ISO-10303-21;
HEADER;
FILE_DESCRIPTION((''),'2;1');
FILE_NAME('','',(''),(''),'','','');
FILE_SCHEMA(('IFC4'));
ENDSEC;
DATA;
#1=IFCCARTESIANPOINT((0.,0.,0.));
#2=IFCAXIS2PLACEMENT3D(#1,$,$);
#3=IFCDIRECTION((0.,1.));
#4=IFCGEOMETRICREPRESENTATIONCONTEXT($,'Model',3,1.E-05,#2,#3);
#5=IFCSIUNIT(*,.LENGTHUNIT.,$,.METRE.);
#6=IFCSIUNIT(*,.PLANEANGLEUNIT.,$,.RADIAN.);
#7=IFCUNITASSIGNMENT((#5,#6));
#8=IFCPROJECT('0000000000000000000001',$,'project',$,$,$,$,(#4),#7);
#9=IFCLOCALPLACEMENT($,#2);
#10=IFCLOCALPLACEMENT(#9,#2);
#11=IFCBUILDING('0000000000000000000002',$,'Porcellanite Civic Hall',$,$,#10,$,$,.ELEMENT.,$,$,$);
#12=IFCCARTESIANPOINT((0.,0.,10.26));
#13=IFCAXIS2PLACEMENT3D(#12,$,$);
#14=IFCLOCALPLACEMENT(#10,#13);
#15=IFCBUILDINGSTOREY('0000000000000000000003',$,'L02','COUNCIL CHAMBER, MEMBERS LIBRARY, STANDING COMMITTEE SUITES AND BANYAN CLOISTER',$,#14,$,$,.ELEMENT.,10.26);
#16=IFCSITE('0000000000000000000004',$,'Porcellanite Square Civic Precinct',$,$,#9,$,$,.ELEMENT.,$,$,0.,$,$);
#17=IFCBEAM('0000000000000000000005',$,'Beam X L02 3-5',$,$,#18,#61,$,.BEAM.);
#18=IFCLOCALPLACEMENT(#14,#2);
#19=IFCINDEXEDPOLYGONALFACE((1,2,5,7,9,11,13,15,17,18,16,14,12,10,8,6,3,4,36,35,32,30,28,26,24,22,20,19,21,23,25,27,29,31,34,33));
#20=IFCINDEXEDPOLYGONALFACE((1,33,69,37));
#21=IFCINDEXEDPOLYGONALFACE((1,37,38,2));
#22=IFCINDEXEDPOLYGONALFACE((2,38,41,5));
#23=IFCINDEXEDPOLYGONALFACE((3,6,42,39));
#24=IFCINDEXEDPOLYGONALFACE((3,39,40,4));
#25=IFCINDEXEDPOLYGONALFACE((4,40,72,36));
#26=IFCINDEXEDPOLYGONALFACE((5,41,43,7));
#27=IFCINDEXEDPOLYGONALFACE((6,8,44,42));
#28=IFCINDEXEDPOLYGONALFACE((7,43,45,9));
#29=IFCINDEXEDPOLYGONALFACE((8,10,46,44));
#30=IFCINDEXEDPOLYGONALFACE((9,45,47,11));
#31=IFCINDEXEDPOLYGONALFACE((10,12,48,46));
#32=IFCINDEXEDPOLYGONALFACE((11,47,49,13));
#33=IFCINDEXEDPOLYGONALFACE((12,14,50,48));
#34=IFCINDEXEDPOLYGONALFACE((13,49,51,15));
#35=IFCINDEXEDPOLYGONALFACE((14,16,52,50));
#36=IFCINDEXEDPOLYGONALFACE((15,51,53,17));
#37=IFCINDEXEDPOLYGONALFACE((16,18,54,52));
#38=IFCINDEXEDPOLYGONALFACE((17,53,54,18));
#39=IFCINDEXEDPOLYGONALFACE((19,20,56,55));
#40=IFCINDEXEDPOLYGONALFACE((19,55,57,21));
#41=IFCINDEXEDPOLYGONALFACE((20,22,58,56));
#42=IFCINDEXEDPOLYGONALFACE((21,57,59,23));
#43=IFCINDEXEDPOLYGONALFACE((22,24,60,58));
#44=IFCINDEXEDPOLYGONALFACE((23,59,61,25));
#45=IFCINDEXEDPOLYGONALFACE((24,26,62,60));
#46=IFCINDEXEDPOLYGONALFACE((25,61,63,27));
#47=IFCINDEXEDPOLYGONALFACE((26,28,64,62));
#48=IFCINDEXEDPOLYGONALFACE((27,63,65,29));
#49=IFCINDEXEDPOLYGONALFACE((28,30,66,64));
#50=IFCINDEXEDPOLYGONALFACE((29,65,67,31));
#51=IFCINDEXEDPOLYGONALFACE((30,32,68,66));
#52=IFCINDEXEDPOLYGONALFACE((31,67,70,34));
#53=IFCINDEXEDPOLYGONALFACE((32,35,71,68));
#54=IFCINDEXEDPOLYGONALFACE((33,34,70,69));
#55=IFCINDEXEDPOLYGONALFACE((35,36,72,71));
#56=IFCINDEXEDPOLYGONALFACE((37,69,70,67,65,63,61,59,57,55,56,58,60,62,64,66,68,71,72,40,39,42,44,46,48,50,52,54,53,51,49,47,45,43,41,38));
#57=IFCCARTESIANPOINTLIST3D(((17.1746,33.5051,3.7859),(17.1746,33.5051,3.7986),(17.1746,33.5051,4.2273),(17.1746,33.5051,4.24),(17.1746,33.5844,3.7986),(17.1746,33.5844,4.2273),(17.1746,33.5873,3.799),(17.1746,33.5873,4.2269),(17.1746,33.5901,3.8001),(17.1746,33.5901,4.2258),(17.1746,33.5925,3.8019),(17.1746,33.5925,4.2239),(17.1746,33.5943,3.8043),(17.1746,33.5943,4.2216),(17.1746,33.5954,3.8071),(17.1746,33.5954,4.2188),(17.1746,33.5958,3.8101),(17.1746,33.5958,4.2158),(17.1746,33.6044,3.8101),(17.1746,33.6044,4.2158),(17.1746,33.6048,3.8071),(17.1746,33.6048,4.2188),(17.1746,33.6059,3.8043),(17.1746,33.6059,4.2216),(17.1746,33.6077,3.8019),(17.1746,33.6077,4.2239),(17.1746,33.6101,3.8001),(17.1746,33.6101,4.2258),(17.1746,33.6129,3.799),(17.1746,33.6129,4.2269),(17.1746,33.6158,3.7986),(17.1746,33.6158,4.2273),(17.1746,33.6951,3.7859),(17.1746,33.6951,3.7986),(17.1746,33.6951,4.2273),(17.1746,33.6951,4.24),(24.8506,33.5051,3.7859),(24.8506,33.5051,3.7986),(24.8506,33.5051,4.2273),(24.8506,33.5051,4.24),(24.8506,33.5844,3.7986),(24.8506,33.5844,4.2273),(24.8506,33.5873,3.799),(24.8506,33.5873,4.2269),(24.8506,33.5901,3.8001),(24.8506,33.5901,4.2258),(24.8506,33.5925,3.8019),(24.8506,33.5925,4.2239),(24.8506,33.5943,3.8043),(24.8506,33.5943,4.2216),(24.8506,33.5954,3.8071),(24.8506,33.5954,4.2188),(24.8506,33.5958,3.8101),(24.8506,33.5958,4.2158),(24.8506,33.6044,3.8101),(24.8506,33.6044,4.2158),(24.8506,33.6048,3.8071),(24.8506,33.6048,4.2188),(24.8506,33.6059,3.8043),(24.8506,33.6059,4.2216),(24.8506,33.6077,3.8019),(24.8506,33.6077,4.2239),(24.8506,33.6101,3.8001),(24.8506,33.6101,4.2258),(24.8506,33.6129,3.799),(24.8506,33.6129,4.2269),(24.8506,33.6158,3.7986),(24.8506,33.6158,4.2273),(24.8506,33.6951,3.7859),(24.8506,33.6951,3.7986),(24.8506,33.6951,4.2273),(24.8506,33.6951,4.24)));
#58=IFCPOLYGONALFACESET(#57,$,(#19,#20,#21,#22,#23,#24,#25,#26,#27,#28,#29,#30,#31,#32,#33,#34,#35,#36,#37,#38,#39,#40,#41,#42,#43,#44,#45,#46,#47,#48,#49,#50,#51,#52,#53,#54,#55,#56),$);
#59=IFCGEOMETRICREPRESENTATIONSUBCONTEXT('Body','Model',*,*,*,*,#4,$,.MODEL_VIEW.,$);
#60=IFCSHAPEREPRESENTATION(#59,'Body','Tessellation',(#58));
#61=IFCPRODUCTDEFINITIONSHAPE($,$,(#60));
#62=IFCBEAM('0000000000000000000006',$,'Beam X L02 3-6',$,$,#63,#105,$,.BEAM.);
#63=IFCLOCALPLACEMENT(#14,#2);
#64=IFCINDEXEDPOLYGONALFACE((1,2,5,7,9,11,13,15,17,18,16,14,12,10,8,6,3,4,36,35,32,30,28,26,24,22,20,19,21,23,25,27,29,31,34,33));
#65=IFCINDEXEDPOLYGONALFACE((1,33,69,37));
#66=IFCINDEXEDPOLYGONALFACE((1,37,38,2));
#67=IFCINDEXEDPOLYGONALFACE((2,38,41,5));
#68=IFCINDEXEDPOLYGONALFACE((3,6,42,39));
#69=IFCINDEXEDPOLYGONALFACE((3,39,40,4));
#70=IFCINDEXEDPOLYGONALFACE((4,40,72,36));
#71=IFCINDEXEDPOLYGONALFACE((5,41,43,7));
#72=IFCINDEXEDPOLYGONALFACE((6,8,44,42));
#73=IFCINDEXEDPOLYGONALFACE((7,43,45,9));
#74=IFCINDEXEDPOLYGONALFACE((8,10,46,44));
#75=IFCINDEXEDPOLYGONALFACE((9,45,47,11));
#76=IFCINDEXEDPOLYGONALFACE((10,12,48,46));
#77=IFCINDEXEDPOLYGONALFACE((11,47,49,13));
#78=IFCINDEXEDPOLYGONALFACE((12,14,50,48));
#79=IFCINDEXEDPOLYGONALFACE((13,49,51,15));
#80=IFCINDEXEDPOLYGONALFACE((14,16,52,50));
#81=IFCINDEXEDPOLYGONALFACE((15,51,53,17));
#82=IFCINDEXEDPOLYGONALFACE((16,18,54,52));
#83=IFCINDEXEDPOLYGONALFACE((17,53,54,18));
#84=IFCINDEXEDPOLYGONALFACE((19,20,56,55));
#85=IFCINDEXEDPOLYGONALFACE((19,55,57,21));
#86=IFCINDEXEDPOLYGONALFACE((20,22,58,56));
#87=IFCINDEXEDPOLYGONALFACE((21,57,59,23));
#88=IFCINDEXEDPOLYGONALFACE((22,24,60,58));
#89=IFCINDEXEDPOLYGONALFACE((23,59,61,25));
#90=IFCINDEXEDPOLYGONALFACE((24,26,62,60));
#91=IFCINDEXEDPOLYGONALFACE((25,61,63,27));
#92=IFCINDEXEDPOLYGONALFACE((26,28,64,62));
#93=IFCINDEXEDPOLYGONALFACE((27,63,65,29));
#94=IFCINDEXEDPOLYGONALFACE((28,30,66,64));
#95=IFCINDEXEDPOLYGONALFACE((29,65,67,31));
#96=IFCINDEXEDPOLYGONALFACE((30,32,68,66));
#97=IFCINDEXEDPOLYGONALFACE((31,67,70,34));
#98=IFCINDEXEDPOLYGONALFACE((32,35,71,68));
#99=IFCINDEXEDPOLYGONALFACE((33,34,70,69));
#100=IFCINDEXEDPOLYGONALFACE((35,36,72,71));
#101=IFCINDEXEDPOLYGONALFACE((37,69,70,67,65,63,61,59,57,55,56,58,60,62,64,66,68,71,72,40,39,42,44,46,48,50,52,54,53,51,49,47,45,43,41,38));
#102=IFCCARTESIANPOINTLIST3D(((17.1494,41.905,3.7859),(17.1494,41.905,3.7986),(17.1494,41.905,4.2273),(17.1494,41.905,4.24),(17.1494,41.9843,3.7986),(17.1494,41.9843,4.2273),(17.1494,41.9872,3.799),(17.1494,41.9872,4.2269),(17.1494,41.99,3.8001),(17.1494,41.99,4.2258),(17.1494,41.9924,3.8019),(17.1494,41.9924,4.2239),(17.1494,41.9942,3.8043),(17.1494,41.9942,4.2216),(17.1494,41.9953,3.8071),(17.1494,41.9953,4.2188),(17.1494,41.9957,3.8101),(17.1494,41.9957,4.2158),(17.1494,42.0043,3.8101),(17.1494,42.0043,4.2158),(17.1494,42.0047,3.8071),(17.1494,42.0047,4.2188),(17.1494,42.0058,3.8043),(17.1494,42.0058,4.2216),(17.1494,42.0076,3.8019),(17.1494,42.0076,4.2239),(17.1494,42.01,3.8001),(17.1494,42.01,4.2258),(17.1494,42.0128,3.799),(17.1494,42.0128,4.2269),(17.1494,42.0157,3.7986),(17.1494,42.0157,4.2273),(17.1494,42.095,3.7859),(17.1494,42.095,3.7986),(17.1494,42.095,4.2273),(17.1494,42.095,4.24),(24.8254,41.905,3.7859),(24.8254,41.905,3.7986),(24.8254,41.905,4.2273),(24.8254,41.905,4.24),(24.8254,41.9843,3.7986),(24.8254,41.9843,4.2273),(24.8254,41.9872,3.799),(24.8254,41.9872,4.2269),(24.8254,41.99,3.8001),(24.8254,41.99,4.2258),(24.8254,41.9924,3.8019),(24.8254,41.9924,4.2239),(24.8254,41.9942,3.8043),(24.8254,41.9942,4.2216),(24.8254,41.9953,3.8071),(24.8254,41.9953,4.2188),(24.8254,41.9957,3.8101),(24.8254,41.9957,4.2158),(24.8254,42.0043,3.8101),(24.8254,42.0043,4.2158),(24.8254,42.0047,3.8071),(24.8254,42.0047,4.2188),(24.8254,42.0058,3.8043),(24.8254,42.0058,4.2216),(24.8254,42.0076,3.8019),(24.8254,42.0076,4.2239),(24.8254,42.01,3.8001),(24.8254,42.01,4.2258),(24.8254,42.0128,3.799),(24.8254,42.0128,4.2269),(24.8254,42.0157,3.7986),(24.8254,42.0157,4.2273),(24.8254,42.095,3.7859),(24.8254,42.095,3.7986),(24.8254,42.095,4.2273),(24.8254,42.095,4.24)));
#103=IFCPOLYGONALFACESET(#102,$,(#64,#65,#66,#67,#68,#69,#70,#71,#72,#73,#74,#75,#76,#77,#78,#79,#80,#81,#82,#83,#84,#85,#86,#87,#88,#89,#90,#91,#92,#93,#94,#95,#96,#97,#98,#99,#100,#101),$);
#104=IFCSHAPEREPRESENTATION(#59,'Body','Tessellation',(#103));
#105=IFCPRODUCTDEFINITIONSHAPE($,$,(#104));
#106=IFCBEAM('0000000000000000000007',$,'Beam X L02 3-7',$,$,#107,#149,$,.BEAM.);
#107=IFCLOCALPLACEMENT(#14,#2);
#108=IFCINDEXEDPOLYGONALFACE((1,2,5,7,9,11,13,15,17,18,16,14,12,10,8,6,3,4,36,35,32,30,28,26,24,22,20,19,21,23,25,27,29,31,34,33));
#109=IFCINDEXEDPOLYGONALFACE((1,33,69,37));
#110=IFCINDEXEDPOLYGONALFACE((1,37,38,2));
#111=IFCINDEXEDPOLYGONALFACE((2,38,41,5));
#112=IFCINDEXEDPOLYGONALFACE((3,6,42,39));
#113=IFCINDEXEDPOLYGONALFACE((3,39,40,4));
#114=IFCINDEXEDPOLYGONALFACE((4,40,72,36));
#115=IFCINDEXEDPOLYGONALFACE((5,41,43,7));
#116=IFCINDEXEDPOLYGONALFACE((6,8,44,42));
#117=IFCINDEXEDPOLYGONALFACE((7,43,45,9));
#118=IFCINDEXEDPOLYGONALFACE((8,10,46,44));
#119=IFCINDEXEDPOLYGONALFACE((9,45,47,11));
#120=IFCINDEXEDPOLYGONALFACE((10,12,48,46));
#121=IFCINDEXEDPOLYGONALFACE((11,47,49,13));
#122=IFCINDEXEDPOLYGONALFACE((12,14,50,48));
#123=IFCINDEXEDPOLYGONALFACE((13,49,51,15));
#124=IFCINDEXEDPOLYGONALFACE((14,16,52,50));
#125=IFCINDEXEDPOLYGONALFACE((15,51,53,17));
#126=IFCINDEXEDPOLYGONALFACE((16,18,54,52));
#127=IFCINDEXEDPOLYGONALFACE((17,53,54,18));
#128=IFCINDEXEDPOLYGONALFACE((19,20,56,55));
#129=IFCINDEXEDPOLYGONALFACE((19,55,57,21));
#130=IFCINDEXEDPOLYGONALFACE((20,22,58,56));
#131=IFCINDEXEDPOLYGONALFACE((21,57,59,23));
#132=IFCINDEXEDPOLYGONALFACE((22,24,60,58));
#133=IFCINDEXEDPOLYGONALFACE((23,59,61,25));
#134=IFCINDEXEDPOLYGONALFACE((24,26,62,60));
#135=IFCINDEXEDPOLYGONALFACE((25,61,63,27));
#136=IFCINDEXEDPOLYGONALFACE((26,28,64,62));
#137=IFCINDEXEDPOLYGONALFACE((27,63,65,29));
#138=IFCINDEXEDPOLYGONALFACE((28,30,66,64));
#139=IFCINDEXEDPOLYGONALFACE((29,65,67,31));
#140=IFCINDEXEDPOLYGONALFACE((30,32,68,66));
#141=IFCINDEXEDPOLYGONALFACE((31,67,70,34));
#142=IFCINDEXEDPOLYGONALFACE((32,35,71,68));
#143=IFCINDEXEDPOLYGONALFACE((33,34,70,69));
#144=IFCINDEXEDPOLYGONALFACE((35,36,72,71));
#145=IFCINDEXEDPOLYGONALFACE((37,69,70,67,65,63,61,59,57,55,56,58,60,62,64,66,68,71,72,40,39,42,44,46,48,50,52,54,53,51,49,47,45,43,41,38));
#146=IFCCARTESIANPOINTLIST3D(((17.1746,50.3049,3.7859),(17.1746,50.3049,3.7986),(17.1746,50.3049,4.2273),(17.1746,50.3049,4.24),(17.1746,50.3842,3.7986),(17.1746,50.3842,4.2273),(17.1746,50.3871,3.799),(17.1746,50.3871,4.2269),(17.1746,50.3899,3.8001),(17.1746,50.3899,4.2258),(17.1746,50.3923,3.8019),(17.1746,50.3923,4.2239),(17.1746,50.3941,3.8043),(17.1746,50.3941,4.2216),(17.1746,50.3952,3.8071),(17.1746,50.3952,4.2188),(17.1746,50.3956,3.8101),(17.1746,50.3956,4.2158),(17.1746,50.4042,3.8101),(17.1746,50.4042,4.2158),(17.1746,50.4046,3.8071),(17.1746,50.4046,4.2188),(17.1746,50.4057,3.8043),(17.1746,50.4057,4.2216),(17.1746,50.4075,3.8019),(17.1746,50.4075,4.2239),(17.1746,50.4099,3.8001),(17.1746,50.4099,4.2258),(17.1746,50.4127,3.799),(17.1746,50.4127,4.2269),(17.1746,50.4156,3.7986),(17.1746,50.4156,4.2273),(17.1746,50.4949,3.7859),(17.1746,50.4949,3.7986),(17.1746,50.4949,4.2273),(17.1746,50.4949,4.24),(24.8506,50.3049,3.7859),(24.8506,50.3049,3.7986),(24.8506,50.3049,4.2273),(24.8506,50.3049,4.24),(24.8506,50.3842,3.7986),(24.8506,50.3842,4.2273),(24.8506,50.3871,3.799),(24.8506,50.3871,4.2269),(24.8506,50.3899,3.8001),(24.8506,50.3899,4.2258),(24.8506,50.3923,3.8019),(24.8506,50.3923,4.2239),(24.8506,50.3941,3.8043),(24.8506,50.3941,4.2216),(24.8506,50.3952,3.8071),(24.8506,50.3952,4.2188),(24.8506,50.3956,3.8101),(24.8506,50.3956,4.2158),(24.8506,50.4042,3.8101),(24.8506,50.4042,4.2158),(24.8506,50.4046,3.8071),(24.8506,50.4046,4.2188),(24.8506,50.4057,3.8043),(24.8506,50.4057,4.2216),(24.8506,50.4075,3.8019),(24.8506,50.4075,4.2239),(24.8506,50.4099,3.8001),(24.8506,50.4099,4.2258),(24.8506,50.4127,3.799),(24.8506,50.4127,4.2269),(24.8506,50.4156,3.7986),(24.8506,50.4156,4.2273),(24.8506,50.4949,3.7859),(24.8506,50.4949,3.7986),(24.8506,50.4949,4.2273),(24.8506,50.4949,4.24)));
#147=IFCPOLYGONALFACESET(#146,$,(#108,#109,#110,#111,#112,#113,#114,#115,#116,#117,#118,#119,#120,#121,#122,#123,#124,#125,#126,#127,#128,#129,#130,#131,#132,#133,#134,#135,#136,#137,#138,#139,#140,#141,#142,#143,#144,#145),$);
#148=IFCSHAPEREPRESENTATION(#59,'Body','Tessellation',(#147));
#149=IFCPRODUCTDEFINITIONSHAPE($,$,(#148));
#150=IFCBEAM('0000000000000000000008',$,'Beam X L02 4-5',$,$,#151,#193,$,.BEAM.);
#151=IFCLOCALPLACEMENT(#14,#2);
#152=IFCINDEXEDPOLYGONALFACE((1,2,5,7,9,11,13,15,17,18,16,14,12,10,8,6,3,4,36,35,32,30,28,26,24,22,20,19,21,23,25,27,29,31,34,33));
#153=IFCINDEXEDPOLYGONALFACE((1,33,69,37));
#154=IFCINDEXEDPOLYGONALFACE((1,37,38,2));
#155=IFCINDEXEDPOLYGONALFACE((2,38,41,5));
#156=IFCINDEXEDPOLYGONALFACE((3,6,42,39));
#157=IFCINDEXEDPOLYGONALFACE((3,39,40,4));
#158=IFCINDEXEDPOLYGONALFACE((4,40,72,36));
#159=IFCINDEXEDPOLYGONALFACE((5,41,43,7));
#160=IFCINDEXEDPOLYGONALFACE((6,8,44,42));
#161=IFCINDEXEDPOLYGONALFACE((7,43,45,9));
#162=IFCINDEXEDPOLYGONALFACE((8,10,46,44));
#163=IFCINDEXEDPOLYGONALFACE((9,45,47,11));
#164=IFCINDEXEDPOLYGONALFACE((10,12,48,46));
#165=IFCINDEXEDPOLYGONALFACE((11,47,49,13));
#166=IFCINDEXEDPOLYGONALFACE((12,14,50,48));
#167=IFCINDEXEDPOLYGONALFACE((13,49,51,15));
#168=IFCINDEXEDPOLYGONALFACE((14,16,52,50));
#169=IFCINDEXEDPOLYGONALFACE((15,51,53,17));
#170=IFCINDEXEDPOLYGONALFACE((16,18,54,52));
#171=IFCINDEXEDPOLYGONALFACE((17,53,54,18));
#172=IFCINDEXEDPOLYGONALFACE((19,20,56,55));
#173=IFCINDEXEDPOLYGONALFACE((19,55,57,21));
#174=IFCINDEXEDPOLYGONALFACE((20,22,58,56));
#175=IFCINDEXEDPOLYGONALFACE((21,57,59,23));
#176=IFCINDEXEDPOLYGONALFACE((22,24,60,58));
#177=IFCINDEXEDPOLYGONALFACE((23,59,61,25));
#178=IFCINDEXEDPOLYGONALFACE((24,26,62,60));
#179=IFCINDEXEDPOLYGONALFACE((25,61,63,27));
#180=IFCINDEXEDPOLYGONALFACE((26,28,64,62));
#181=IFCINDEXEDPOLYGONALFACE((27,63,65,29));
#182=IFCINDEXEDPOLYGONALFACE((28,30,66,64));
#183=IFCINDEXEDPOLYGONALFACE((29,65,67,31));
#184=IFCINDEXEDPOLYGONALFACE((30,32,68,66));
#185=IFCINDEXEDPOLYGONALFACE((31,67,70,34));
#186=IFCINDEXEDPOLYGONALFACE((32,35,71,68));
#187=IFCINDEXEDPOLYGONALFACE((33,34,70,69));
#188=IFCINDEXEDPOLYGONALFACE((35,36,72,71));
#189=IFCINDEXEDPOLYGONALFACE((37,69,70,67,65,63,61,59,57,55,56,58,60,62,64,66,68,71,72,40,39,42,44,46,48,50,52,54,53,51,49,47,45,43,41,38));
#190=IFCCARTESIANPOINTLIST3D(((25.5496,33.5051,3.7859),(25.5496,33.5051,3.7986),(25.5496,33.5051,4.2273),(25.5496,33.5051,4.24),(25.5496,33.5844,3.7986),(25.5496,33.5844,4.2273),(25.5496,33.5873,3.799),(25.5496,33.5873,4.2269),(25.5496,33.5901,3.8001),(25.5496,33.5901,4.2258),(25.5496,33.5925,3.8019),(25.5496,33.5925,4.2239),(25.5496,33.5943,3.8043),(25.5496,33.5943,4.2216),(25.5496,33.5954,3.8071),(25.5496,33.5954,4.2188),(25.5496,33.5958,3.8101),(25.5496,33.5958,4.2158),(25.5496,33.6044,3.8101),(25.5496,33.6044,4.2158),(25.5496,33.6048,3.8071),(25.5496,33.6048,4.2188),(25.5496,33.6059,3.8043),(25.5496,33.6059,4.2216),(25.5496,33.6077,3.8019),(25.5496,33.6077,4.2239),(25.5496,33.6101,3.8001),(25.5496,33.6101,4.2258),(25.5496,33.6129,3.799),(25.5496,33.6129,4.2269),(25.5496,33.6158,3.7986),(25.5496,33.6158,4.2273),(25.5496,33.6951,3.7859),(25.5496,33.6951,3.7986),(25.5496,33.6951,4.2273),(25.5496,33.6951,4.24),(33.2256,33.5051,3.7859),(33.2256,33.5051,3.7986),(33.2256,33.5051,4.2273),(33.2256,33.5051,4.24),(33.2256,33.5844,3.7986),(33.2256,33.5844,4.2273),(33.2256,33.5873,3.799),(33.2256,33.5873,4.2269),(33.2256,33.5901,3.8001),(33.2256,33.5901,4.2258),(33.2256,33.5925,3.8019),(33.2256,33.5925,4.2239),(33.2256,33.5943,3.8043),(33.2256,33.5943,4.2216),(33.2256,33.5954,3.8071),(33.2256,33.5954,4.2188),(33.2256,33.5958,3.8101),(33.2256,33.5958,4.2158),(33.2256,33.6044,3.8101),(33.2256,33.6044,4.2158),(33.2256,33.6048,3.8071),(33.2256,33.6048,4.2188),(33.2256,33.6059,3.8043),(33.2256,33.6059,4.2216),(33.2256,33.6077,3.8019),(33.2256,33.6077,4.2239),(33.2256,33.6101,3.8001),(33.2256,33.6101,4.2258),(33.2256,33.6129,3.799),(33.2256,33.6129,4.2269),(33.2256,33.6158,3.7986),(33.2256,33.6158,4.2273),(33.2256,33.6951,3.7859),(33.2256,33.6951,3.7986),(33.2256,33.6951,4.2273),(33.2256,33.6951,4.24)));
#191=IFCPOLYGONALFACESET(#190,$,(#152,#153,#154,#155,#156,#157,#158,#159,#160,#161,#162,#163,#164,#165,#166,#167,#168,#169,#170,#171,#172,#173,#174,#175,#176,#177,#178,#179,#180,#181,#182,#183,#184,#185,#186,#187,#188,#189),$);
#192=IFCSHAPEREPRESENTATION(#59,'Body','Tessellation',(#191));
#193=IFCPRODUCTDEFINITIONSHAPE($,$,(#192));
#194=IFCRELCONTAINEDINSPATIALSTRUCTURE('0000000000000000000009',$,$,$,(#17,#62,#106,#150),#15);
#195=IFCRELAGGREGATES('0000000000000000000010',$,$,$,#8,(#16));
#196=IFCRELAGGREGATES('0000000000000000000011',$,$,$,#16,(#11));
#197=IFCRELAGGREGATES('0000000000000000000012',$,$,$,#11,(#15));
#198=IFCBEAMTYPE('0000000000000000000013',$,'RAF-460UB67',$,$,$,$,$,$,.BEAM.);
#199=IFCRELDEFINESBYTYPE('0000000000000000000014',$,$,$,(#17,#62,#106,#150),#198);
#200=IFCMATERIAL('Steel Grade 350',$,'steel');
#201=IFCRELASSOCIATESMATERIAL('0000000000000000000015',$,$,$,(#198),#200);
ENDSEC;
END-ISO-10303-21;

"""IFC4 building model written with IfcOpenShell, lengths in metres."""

from ifc_helpers import new_model, si_unit, direction, frame, origin, origin_2d, place, context, subcontext, project, spatial, i_section, extrude, material, material_profile, profile_set, type_object, element, save


model = new_model("IFC4")

# Units and contexts
model_context = context("Model", 3, precision=1e-05, world=origin(), true_north=direction((0.0, 1.0)))
body_context = subcontext(model_context, "Body", "Model", "MODEL_VIEW")
ifc_project = project(units=[si_unit("LENGTHUNIT", "METRE"), si_unit("PLANEANGLEUNIT", "RADIAN")], contexts=[model_context])

# Site, building, storey
site_placement = place(None, origin())
site = spatial("IfcSite", under=ifc_project, at=site_placement, Name="Porcellanite Square Civic Precinct", CompositionType="ELEMENT", RefElevation=0.0)
building_placement = place(site_placement, origin())
building = spatial("IfcBuilding", under=site, at=building_placement, Name="Porcellanite Civic Hall", CompositionType="ELEMENT")
storey_placement = place(building_placement, frame((0.0, 0.0, 10.26)))
storey = spatial("IfcBuildingStorey", under=building, at=storey_placement, Name="L02", Description="COUNCIL CHAMBER, MEMBERS LIBRARY, STANDING COMMITTEE SUITES AND BANYAN CLOISTER", CompositionType="ELEMENT", Elevation=10.26)

# Beams
ifc_material_1 = material(Name="Steel Grade 350", Category="steel")
ifc_material_profile_1 = material_profile(ifc_material_1, i_section(OverallWidth=0.1899, OverallDepth=0.4541, WebThickness=0.0085, FlangeThickness=0.0127, FilletRadius=0.0115, at=origin_2d()), Name="460UB67.1")
ifc_profile_set_1 = profile_set([ifc_material_profile_1], Name="Steel Grade 350")
beam_type_1 = type_object("IfcBeamType", Name="RAF-460UB67", PredefinedType="BEAM", material=ifc_profile_set_1)
for number, where, z_axis, x_axis, name in (
    (1, (17.1746, 33.6001, 4.0129), (1.0, 0.0, 0.0), (0.0, 1.0, 0.0), "Beam X L02 3-5"),
    (2, (17.1494, 42.0, 4.0129), (1.0, 0.0, 0.0), (0.0, 1.0, 0.0), "Beam X L02 3-6"),
    (3, (17.1746, 50.3999, 4.0129), (1.0, 0.0, 0.0), (0.0, 1.0, 0.0), "Beam X L02 3-7"),
    (4, (25.5496, 33.6001, 4.0129), (1.0, 0.0, 0.0), (0.0, 1.0, 0.0), "Beam X L02 4-5"),
):
    element("IfcBeam", number, at=place(storey_placement, frame(where, z_axis=z_axis, x_axis=x_axis)), inside=storey, type_object=beam_type_1, Name=name, PredefinedType="BEAM", context=body_context, shape_type="SweptSolid", body=[
        extrude(i_section(OverallWidth=0.1899, OverallDepth=0.4541, WebThickness=0.0085, FlangeThickness=0.0127, FilletRadius=0.0115, at=origin_2d()), origin(), (0.0, 0.0, 1.0), 7.676),
    ])

save(model, "model.ifc")
